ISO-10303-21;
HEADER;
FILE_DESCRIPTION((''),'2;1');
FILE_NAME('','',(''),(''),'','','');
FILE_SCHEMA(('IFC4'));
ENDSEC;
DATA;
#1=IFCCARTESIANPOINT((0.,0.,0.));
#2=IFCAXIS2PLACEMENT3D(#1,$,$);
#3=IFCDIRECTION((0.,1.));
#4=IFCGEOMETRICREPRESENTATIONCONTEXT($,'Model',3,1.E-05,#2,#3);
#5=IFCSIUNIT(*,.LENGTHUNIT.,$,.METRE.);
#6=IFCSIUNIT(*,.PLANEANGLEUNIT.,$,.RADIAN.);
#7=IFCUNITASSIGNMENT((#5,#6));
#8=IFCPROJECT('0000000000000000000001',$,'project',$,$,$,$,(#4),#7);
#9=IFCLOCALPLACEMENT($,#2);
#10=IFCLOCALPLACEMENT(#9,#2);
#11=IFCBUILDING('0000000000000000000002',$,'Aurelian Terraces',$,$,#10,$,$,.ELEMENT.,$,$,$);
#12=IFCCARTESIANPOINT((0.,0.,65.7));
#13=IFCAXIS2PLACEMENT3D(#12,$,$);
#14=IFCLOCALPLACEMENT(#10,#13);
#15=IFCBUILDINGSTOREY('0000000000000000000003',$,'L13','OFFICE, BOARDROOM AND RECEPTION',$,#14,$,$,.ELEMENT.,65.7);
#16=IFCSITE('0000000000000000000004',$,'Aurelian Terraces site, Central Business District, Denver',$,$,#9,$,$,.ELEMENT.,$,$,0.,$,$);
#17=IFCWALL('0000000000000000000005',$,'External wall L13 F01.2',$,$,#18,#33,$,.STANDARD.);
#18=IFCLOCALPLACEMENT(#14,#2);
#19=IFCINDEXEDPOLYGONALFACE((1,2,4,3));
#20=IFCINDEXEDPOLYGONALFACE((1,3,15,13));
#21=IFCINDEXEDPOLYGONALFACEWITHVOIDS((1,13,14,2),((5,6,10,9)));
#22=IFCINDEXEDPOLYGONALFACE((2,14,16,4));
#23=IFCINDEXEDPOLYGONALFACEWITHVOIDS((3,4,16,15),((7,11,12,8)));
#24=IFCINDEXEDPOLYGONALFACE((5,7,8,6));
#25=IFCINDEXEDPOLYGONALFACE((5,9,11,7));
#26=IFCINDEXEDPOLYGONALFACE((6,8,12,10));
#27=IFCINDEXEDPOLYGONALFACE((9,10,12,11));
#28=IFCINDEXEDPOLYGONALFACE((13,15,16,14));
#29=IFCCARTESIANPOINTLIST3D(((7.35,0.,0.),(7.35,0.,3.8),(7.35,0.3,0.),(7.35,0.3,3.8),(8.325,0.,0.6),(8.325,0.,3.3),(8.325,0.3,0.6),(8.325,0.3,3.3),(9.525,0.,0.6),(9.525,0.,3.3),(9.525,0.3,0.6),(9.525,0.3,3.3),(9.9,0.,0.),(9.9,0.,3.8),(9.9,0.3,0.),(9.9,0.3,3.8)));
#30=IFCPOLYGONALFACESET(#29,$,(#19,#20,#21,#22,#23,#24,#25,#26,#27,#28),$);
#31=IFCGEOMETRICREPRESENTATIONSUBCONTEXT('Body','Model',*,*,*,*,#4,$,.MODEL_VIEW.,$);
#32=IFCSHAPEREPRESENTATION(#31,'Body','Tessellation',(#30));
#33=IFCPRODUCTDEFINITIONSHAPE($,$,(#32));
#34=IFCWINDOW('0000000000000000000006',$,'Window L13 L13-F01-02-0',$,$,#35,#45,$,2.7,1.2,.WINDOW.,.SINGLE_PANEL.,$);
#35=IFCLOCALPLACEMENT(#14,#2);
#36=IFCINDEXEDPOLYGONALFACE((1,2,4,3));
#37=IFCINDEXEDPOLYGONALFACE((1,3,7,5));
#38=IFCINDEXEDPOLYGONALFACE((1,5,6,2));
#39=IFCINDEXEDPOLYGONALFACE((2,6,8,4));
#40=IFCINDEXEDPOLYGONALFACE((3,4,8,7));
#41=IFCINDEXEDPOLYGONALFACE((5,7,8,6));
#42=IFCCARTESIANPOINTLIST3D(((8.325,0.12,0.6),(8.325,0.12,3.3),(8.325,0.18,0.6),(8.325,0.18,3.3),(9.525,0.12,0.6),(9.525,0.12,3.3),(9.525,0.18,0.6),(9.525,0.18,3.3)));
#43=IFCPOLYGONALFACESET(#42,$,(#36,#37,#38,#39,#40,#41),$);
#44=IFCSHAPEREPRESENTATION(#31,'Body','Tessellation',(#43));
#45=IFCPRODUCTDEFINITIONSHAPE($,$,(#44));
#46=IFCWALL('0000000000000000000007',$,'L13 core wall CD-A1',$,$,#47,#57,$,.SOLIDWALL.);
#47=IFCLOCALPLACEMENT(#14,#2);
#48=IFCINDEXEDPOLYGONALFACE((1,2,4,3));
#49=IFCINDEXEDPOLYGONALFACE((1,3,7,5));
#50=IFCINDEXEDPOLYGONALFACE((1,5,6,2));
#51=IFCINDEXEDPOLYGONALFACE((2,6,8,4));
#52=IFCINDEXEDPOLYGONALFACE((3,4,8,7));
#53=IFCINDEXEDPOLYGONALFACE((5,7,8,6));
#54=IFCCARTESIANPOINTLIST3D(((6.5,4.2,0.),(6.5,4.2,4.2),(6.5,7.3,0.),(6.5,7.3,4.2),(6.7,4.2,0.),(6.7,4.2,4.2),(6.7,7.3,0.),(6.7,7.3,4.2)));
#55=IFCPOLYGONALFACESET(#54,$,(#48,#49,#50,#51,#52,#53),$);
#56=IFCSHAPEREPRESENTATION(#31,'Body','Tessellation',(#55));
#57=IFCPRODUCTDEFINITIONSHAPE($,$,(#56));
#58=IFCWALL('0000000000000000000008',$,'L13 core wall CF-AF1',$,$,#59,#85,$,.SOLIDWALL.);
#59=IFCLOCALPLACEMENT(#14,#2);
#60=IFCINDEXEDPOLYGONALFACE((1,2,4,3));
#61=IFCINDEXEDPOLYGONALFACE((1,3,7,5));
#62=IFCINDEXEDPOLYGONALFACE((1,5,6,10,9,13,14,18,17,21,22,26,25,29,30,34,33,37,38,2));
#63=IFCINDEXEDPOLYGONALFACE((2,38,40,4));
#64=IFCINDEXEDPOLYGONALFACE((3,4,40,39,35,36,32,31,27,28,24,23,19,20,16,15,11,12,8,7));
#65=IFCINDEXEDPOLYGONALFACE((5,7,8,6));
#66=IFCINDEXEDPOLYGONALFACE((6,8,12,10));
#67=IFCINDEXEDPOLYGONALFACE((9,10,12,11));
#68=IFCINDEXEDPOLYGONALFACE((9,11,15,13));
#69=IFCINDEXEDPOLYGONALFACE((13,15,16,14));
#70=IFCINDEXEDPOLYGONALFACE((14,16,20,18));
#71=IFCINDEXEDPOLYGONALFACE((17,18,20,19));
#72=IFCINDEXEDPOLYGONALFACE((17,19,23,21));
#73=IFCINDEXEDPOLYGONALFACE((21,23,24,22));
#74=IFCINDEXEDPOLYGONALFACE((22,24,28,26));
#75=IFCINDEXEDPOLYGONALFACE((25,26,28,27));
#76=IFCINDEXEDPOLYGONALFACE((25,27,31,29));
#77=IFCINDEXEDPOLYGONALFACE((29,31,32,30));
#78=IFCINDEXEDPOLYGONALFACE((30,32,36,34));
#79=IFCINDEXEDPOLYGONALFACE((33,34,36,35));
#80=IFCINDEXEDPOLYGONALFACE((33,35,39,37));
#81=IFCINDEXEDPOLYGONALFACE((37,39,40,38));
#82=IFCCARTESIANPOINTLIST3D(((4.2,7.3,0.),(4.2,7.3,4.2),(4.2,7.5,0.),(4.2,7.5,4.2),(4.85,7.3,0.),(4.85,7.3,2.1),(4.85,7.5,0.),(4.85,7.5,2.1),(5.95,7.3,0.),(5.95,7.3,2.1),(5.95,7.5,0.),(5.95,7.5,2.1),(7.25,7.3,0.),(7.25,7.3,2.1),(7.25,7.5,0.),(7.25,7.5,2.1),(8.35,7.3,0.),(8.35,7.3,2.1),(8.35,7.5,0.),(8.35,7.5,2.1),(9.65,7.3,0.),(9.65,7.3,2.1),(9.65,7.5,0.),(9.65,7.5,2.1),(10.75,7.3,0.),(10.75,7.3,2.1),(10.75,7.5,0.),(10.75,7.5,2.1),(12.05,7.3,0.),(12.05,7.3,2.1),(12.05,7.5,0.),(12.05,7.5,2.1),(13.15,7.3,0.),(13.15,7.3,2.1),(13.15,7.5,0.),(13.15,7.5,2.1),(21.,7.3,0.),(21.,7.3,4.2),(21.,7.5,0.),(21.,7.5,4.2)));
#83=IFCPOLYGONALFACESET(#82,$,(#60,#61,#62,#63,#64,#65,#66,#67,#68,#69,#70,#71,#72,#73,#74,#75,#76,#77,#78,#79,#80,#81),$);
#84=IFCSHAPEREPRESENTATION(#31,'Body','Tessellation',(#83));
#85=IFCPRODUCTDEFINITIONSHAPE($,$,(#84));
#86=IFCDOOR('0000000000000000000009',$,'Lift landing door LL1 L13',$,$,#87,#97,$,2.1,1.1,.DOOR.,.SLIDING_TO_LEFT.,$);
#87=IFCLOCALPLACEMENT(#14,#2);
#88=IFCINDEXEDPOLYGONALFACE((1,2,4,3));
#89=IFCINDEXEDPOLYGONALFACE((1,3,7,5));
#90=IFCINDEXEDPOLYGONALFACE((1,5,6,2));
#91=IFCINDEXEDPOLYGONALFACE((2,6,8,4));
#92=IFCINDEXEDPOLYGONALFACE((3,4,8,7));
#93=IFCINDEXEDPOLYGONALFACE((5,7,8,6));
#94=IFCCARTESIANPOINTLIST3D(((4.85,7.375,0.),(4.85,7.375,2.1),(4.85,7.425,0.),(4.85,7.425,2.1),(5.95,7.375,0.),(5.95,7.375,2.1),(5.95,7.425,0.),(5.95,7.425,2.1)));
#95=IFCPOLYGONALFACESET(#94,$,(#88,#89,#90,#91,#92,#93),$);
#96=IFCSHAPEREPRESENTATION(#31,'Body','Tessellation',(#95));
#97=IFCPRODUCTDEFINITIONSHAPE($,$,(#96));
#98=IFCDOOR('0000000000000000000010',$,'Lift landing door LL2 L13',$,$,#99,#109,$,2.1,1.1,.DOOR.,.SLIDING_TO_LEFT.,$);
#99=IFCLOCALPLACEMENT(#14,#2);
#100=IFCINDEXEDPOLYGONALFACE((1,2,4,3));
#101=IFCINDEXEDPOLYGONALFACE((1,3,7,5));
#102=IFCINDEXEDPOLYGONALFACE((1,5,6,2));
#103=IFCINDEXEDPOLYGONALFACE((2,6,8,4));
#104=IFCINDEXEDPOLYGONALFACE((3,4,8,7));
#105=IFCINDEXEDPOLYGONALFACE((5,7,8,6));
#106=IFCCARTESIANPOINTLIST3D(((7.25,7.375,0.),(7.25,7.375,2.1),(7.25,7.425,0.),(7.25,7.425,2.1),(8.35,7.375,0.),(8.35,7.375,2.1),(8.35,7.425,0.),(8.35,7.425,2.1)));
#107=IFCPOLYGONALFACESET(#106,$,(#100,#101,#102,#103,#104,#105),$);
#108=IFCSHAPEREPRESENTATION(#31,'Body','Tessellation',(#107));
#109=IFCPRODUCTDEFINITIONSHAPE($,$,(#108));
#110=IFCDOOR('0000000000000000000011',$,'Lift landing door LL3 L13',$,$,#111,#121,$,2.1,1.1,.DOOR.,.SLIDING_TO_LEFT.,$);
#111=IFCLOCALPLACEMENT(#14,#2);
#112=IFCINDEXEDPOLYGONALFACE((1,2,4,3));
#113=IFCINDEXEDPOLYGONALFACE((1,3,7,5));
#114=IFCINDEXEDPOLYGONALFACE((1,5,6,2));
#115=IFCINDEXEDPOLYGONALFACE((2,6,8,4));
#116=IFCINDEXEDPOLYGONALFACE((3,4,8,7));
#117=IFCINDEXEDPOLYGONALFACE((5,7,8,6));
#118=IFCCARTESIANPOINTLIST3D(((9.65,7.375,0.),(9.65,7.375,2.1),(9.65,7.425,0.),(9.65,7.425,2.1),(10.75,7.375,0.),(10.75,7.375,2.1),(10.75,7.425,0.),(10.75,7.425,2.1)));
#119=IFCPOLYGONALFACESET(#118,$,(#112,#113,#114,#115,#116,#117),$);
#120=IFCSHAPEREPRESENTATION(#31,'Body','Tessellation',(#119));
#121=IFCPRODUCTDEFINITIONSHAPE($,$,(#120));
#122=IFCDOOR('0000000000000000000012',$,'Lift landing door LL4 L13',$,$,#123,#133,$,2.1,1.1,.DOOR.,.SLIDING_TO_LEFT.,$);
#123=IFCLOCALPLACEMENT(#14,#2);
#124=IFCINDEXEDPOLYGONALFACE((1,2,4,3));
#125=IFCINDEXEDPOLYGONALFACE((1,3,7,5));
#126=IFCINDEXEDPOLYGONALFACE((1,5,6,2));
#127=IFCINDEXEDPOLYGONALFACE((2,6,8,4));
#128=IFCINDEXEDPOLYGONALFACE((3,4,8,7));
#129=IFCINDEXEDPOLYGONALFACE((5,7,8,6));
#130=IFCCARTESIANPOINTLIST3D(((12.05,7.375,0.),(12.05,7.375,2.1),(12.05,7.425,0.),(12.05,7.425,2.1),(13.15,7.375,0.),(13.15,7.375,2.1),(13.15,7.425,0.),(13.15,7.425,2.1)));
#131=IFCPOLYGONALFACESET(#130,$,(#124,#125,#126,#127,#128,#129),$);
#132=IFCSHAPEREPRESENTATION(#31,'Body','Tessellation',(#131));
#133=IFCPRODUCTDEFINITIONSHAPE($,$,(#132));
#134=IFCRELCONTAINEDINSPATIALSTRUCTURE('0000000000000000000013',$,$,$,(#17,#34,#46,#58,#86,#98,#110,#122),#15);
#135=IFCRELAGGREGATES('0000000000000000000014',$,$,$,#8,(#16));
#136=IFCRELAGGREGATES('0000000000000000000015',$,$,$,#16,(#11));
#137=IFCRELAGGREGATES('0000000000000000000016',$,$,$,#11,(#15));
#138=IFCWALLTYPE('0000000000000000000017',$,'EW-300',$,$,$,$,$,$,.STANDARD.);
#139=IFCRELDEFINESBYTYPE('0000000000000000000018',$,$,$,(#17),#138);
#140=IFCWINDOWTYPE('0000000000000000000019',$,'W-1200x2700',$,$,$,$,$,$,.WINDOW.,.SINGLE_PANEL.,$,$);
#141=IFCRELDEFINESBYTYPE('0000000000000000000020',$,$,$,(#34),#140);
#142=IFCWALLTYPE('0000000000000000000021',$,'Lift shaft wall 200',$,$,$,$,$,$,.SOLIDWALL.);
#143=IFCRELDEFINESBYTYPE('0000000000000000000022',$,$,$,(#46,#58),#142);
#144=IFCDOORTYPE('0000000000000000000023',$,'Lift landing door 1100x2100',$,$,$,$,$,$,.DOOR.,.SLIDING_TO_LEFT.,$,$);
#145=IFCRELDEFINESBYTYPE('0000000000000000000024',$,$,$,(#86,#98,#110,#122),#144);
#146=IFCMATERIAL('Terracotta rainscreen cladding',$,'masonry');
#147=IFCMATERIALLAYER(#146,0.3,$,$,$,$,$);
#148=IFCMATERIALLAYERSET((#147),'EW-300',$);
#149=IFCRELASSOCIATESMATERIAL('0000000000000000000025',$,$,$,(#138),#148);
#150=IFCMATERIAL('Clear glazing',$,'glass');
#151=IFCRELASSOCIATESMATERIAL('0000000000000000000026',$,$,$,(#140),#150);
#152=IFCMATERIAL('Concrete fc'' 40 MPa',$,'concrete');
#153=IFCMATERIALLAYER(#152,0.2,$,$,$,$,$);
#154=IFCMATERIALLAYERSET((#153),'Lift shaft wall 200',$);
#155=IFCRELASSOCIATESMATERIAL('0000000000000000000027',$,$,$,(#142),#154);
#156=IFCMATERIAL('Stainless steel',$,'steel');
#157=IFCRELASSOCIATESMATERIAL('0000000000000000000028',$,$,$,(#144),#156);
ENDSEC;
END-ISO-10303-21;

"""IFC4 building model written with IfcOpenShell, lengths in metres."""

from ifc_helpers import new_model, si_unit, direction, frame, frame_2d, origin, place, context, subcontext, project, spatial, rectangle, extrude, source, transform, mapped, material, layer, layer_set, type_object, element, fill, save


model = new_model("IFC4")

# Units and contexts
model_context = context("Model", 3, precision=1e-05, world=origin(), true_north=direction((0.0, 1.0)))
body_context = subcontext(model_context, "Body", "Model", "MODEL_VIEW")
ifc_project = project(units=[si_unit("LENGTHUNIT", "METRE"), si_unit("PLANEANGLEUNIT", "RADIAN")], contexts=[model_context])

# Site, building, storey
site_placement = place(None, origin())
site = spatial("IfcSite", under=ifc_project, at=site_placement, Name="Aurelian Terraces site, Central Business District, Denver", CompositionType="ELEMENT", RefElevation=0.0)
building_placement = place(site_placement, origin())
building = spatial("IfcBuilding", under=site, at=building_placement, Name="Aurelian Terraces", CompositionType="ELEMENT")
storey_placement = place(building_placement, frame((0.0, 0.0, 65.7)))
storey = spatial("IfcBuildingStorey", under=building, at=storey_placement, Name="L13", Description="OFFICE, BOARDROOM AND RECEPTION", CompositionType="ELEMENT", Elevation=65.7)

# Shared definitions
ifc_material_1 = material(Name="Terracotta rainscreen cladding", Category="masonry")
ifc_layer_1 = layer(ifc_material_1, 0.3)
ifc_layer_set_1 = layer_set([ifc_layer_1], Name="EW-300")
wall_type_1 = type_object("IfcWallType", Name="EW-300", PredefinedType="STANDARD", material=ifc_layer_set_1)
ifc_material_2 = material(Name="Clear glazing", Category="glass")

# Wall, opening, window
shared_shape_1 = source(origin(), body_context, "Body", "SweptSolid", [
    extrude(rectangle(XDim=1.2, YDim=2.7, at=frame_2d((0.6, 1.35))), frame((0.0, 0.16, 0.0), z_axis=(0.0, -1.0, 0.0), x_axis=(1.0, 0.0, 0.0)), (0.0, 0.0, 1.0), 0.32),
])
window_type_1 = type_object("IfcWindowType", Name="W-1200x2700", PartitioningType="SINGLE_PANEL", PredefinedType="WINDOW", material=ifc_material_2)
shared_shape_2 = source(origin(), body_context, "Body", "SweptSolid", [
    extrude(rectangle(XDim=1.2, YDim=2.7, at=frame_2d((0.6, 1.35))), frame((0.0, 0.03, 0.0), z_axis=(0.0, -1.0, 0.0), x_axis=(1.0, 0.0, 0.0)), (0.0, 0.0, 1.0), 0.06),
])
shared_shape_3 = source(origin(), body_context, "Body", "SweptSolid", [
    extrude(rectangle(XDim=2.55, YDim=0.3, at=frame_2d((1.275, 0.0))), origin(), (0.0, 0.0, 1.0), 3.8),
])
wall_1_placement = place(storey_placement, frame((7.35, 0.15, 0.0), z_axis=(0.0, 0.0, 1.0), x_axis=(1.0, 0.0, 0.0)))
wall_1 = element("IfcWall", 1, at=wall_1_placement, inside=storey, type_object=wall_type_1, Name="External wall L13 F01.2", PredefinedType="STANDARD", context=body_context, shape_type="MappedRepresentation", body=[
    mapped(shared_shape_3, transform((0.0, 0.0, 0.0), scale=1.0)),
])
opening_1_placement = place(wall_1_placement, frame((0.975, 0.0, 0.6)))
opening_1 = element("IfcOpeningElement", 2, at=opening_1_placement, cuts=wall_1, PredefinedType="OPENING", context=body_context, shape_type="MappedRepresentation", body=[
    mapped(shared_shape_1, transform((0.0, 0.0, 0.0), scale=1.0)),
])
window_1_placement = place(opening_1_placement, origin())
window_1 = element("IfcWindow", 3, at=window_1_placement, inside=storey, type_object=window_type_1, Name="Window L13 L13-F01-02-0", OverallHeight=2.7, OverallWidth=1.2, PartitioningType="SINGLE_PANEL", PredefinedType="WINDOW", context=body_context, shape_type="MappedRepresentation", body=[
    mapped(shared_shape_2, transform((0.0, 0.0, 0.0), scale=1.0)),
])
fill(opening_1, window_1)

# Wall
ifc_material_3 = material(Name="Concrete fc' 40 MPa", Category="concrete")
ifc_layer_2 = layer(ifc_material_3, 0.2)
ifc_layer_set_2 = layer_set([ifc_layer_2], Name="Lift shaft wall 200")
wall_type_2 = type_object("IfcWallType", Name="Lift shaft wall 200", PredefinedType="SOLIDWALL", material=ifc_layer_set_2)
shared_shape_4 = source(origin(), body_context, "Body", "SweptSolid", [
    extrude(rectangle(XDim=3.1, YDim=0.2, at=frame_2d((1.55, 0.0))), origin(), (0.0, 0.0, 1.0), 4.2),
])
wall_2_placement = place(storey_placement, frame((6.6, 4.2, 0.0), z_axis=(0.0, 0.0, 1.0), x_axis=(0.0, 1.0, 0.0)))
element("IfcWall", 4, at=wall_2_placement, inside=storey, type_object=wall_type_2, Name="L13 core wall CD-A1", PredefinedType="SOLIDWALL", context=body_context, shape_type="MappedRepresentation", body=[
    mapped(shared_shape_4, transform((0.0, 0.0, 0.0), scale=1.0)),
])

# Wall, openings, doors
shared_shape_5 = source(origin(), body_context, "Body", "SweptSolid", [
    extrude(rectangle(XDim=16.8, YDim=0.2, at=frame_2d((8.4, 0.0))), origin(), (0.0, 0.0, 1.0), 4.2),
])
wall_3_placement = place(storey_placement, frame((4.2, 7.4, 0.0), z_axis=(0.0, 0.0, 1.0), x_axis=(1.0, 0.0, 0.0)))
wall_3 = element("IfcWall", 5, at=wall_3_placement, inside=storey, type_object=wall_type_2, Name="L13 core wall CF-AF1", PredefinedType="SOLIDWALL", context=body_context, shape_type="MappedRepresentation", body=[
    mapped(shared_shape_5, transform((0.0, 0.0, 0.0), scale=1.0)),
])
shared_shape_6 = source(origin(), body_context, "Body", "SweptSolid", [
    extrude(rectangle(XDim=1.1, YDim=2.1, at=frame_2d((0.55, 1.05))), frame((0.0, 0.11, 0.0), z_axis=(0.0, -1.0, 0.0), x_axis=(1.0, 0.0, 0.0)), (0.0, 0.0, 1.0), 0.22),
])
opening_2_placement = place(wall_3_placement, frame((0.65, 0.0, 0.0)))
opening_2 = element("IfcOpeningElement", 6, at=opening_2_placement, cuts=wall_3, PredefinedType="OPENING", context=body_context, shape_type="MappedRepresentation", body=[
    mapped(shared_shape_6, transform((0.0, 0.0, 0.0), scale=1.0)),
])
opening_3_placement = place(wall_3_placement, frame((3.05, 0.0, 0.0)))
opening_3 = element("IfcOpeningElement", 7, at=opening_3_placement, cuts=wall_3, PredefinedType="OPENING", context=body_context, shape_type="MappedRepresentation", body=[
    mapped(shared_shape_6, transform((0.0, 0.0, 0.0), scale=1.0)),
])
opening_4_placement = place(wall_3_placement, frame((5.45, 0.0, 0.0)))
opening_4 = element("IfcOpeningElement", 8, at=opening_4_placement, cuts=wall_3, PredefinedType="OPENING", context=body_context, shape_type="MappedRepresentation", body=[
    mapped(shared_shape_6, transform((0.0, 0.0, 0.0), scale=1.0)),
])
opening_5_placement = place(wall_3_placement, frame((7.85, 0.0, 0.0)))
opening_5 = element("IfcOpeningElement", 9, at=opening_5_placement, cuts=wall_3, PredefinedType="OPENING", context=body_context, shape_type="MappedRepresentation", body=[
    mapped(shared_shape_6, transform((0.0, 0.0, 0.0), scale=1.0)),
])
ifc_material_4 = material(Name="Stainless steel", Category="steel")
door_type_1 = type_object("IfcDoorType", Name="Lift landing door 1100x2100", OperationType="SLIDING_TO_LEFT", PredefinedType="DOOR", material=ifc_material_4)
shared_shape_7 = source(origin(), body_context, "Body", "SweptSolid", [
    extrude(rectangle(XDim=1.1, YDim=2.1, at=frame_2d((0.55, 1.05))), frame((0.0, 0.025, 0.0), z_axis=(0.0, -1.0, 0.0), x_axis=(1.0, 0.0, 0.0)), (0.0, 0.0, 1.0), 0.05),
])
door_1_placement = place(opening_2_placement, origin())
door_1 = element("IfcDoor", 10, at=door_1_placement, inside=storey, type_object=door_type_1, Name="Lift landing door LL1 L13", OperationType="SLIDING_TO_LEFT", OverallHeight=2.1, OverallWidth=1.1, PredefinedType="DOOR", context=body_context, shape_type="MappedRepresentation", body=[
    mapped(shared_shape_7, transform((0.0, 0.0, 0.0), scale=1.0)),
])
fill(opening_2, door_1)
door_2_placement = place(opening_3_placement, origin())
door_2 = element("IfcDoor", 11, at=door_2_placement, inside=storey, type_object=door_type_1, Name="Lift landing door LL2 L13", OperationType="SLIDING_TO_LEFT", OverallHeight=2.1, OverallWidth=1.1, PredefinedType="DOOR", context=body_context, shape_type="MappedRepresentation", body=[
    mapped(shared_shape_7, transform((0.0, 0.0, 0.0), scale=1.0)),
])
fill(opening_3, door_2)
door_3_placement = place(opening_4_placement, origin())
door_3 = element("IfcDoor", 12, at=door_3_placement, inside=storey, type_object=door_type_1, Name="Lift landing door LL3 L13", OperationType="SLIDING_TO_LEFT", OverallHeight=2.1, OverallWidth=1.1, PredefinedType="DOOR", context=body_context, shape_type="MappedRepresentation", body=[
    mapped(shared_shape_7, transform((0.0, 0.0, 0.0), scale=1.0)),
])
fill(opening_4, door_3)
door_4_placement = place(opening_5_placement, origin())
door_4 = element("IfcDoor", 13, at=door_4_placement, inside=storey, type_object=door_type_1, Name="Lift landing door LL4 L13", OperationType="SLIDING_TO_LEFT", OverallHeight=2.1, OverallWidth=1.1, PredefinedType="DOOR", context=body_context, shape_type="MappedRepresentation", body=[
    mapped(shared_shape_7, transform((0.0, 0.0, 0.0), scale=1.0)),
])
fill(opening_5, door_4)

save(model, "model.ifc")
